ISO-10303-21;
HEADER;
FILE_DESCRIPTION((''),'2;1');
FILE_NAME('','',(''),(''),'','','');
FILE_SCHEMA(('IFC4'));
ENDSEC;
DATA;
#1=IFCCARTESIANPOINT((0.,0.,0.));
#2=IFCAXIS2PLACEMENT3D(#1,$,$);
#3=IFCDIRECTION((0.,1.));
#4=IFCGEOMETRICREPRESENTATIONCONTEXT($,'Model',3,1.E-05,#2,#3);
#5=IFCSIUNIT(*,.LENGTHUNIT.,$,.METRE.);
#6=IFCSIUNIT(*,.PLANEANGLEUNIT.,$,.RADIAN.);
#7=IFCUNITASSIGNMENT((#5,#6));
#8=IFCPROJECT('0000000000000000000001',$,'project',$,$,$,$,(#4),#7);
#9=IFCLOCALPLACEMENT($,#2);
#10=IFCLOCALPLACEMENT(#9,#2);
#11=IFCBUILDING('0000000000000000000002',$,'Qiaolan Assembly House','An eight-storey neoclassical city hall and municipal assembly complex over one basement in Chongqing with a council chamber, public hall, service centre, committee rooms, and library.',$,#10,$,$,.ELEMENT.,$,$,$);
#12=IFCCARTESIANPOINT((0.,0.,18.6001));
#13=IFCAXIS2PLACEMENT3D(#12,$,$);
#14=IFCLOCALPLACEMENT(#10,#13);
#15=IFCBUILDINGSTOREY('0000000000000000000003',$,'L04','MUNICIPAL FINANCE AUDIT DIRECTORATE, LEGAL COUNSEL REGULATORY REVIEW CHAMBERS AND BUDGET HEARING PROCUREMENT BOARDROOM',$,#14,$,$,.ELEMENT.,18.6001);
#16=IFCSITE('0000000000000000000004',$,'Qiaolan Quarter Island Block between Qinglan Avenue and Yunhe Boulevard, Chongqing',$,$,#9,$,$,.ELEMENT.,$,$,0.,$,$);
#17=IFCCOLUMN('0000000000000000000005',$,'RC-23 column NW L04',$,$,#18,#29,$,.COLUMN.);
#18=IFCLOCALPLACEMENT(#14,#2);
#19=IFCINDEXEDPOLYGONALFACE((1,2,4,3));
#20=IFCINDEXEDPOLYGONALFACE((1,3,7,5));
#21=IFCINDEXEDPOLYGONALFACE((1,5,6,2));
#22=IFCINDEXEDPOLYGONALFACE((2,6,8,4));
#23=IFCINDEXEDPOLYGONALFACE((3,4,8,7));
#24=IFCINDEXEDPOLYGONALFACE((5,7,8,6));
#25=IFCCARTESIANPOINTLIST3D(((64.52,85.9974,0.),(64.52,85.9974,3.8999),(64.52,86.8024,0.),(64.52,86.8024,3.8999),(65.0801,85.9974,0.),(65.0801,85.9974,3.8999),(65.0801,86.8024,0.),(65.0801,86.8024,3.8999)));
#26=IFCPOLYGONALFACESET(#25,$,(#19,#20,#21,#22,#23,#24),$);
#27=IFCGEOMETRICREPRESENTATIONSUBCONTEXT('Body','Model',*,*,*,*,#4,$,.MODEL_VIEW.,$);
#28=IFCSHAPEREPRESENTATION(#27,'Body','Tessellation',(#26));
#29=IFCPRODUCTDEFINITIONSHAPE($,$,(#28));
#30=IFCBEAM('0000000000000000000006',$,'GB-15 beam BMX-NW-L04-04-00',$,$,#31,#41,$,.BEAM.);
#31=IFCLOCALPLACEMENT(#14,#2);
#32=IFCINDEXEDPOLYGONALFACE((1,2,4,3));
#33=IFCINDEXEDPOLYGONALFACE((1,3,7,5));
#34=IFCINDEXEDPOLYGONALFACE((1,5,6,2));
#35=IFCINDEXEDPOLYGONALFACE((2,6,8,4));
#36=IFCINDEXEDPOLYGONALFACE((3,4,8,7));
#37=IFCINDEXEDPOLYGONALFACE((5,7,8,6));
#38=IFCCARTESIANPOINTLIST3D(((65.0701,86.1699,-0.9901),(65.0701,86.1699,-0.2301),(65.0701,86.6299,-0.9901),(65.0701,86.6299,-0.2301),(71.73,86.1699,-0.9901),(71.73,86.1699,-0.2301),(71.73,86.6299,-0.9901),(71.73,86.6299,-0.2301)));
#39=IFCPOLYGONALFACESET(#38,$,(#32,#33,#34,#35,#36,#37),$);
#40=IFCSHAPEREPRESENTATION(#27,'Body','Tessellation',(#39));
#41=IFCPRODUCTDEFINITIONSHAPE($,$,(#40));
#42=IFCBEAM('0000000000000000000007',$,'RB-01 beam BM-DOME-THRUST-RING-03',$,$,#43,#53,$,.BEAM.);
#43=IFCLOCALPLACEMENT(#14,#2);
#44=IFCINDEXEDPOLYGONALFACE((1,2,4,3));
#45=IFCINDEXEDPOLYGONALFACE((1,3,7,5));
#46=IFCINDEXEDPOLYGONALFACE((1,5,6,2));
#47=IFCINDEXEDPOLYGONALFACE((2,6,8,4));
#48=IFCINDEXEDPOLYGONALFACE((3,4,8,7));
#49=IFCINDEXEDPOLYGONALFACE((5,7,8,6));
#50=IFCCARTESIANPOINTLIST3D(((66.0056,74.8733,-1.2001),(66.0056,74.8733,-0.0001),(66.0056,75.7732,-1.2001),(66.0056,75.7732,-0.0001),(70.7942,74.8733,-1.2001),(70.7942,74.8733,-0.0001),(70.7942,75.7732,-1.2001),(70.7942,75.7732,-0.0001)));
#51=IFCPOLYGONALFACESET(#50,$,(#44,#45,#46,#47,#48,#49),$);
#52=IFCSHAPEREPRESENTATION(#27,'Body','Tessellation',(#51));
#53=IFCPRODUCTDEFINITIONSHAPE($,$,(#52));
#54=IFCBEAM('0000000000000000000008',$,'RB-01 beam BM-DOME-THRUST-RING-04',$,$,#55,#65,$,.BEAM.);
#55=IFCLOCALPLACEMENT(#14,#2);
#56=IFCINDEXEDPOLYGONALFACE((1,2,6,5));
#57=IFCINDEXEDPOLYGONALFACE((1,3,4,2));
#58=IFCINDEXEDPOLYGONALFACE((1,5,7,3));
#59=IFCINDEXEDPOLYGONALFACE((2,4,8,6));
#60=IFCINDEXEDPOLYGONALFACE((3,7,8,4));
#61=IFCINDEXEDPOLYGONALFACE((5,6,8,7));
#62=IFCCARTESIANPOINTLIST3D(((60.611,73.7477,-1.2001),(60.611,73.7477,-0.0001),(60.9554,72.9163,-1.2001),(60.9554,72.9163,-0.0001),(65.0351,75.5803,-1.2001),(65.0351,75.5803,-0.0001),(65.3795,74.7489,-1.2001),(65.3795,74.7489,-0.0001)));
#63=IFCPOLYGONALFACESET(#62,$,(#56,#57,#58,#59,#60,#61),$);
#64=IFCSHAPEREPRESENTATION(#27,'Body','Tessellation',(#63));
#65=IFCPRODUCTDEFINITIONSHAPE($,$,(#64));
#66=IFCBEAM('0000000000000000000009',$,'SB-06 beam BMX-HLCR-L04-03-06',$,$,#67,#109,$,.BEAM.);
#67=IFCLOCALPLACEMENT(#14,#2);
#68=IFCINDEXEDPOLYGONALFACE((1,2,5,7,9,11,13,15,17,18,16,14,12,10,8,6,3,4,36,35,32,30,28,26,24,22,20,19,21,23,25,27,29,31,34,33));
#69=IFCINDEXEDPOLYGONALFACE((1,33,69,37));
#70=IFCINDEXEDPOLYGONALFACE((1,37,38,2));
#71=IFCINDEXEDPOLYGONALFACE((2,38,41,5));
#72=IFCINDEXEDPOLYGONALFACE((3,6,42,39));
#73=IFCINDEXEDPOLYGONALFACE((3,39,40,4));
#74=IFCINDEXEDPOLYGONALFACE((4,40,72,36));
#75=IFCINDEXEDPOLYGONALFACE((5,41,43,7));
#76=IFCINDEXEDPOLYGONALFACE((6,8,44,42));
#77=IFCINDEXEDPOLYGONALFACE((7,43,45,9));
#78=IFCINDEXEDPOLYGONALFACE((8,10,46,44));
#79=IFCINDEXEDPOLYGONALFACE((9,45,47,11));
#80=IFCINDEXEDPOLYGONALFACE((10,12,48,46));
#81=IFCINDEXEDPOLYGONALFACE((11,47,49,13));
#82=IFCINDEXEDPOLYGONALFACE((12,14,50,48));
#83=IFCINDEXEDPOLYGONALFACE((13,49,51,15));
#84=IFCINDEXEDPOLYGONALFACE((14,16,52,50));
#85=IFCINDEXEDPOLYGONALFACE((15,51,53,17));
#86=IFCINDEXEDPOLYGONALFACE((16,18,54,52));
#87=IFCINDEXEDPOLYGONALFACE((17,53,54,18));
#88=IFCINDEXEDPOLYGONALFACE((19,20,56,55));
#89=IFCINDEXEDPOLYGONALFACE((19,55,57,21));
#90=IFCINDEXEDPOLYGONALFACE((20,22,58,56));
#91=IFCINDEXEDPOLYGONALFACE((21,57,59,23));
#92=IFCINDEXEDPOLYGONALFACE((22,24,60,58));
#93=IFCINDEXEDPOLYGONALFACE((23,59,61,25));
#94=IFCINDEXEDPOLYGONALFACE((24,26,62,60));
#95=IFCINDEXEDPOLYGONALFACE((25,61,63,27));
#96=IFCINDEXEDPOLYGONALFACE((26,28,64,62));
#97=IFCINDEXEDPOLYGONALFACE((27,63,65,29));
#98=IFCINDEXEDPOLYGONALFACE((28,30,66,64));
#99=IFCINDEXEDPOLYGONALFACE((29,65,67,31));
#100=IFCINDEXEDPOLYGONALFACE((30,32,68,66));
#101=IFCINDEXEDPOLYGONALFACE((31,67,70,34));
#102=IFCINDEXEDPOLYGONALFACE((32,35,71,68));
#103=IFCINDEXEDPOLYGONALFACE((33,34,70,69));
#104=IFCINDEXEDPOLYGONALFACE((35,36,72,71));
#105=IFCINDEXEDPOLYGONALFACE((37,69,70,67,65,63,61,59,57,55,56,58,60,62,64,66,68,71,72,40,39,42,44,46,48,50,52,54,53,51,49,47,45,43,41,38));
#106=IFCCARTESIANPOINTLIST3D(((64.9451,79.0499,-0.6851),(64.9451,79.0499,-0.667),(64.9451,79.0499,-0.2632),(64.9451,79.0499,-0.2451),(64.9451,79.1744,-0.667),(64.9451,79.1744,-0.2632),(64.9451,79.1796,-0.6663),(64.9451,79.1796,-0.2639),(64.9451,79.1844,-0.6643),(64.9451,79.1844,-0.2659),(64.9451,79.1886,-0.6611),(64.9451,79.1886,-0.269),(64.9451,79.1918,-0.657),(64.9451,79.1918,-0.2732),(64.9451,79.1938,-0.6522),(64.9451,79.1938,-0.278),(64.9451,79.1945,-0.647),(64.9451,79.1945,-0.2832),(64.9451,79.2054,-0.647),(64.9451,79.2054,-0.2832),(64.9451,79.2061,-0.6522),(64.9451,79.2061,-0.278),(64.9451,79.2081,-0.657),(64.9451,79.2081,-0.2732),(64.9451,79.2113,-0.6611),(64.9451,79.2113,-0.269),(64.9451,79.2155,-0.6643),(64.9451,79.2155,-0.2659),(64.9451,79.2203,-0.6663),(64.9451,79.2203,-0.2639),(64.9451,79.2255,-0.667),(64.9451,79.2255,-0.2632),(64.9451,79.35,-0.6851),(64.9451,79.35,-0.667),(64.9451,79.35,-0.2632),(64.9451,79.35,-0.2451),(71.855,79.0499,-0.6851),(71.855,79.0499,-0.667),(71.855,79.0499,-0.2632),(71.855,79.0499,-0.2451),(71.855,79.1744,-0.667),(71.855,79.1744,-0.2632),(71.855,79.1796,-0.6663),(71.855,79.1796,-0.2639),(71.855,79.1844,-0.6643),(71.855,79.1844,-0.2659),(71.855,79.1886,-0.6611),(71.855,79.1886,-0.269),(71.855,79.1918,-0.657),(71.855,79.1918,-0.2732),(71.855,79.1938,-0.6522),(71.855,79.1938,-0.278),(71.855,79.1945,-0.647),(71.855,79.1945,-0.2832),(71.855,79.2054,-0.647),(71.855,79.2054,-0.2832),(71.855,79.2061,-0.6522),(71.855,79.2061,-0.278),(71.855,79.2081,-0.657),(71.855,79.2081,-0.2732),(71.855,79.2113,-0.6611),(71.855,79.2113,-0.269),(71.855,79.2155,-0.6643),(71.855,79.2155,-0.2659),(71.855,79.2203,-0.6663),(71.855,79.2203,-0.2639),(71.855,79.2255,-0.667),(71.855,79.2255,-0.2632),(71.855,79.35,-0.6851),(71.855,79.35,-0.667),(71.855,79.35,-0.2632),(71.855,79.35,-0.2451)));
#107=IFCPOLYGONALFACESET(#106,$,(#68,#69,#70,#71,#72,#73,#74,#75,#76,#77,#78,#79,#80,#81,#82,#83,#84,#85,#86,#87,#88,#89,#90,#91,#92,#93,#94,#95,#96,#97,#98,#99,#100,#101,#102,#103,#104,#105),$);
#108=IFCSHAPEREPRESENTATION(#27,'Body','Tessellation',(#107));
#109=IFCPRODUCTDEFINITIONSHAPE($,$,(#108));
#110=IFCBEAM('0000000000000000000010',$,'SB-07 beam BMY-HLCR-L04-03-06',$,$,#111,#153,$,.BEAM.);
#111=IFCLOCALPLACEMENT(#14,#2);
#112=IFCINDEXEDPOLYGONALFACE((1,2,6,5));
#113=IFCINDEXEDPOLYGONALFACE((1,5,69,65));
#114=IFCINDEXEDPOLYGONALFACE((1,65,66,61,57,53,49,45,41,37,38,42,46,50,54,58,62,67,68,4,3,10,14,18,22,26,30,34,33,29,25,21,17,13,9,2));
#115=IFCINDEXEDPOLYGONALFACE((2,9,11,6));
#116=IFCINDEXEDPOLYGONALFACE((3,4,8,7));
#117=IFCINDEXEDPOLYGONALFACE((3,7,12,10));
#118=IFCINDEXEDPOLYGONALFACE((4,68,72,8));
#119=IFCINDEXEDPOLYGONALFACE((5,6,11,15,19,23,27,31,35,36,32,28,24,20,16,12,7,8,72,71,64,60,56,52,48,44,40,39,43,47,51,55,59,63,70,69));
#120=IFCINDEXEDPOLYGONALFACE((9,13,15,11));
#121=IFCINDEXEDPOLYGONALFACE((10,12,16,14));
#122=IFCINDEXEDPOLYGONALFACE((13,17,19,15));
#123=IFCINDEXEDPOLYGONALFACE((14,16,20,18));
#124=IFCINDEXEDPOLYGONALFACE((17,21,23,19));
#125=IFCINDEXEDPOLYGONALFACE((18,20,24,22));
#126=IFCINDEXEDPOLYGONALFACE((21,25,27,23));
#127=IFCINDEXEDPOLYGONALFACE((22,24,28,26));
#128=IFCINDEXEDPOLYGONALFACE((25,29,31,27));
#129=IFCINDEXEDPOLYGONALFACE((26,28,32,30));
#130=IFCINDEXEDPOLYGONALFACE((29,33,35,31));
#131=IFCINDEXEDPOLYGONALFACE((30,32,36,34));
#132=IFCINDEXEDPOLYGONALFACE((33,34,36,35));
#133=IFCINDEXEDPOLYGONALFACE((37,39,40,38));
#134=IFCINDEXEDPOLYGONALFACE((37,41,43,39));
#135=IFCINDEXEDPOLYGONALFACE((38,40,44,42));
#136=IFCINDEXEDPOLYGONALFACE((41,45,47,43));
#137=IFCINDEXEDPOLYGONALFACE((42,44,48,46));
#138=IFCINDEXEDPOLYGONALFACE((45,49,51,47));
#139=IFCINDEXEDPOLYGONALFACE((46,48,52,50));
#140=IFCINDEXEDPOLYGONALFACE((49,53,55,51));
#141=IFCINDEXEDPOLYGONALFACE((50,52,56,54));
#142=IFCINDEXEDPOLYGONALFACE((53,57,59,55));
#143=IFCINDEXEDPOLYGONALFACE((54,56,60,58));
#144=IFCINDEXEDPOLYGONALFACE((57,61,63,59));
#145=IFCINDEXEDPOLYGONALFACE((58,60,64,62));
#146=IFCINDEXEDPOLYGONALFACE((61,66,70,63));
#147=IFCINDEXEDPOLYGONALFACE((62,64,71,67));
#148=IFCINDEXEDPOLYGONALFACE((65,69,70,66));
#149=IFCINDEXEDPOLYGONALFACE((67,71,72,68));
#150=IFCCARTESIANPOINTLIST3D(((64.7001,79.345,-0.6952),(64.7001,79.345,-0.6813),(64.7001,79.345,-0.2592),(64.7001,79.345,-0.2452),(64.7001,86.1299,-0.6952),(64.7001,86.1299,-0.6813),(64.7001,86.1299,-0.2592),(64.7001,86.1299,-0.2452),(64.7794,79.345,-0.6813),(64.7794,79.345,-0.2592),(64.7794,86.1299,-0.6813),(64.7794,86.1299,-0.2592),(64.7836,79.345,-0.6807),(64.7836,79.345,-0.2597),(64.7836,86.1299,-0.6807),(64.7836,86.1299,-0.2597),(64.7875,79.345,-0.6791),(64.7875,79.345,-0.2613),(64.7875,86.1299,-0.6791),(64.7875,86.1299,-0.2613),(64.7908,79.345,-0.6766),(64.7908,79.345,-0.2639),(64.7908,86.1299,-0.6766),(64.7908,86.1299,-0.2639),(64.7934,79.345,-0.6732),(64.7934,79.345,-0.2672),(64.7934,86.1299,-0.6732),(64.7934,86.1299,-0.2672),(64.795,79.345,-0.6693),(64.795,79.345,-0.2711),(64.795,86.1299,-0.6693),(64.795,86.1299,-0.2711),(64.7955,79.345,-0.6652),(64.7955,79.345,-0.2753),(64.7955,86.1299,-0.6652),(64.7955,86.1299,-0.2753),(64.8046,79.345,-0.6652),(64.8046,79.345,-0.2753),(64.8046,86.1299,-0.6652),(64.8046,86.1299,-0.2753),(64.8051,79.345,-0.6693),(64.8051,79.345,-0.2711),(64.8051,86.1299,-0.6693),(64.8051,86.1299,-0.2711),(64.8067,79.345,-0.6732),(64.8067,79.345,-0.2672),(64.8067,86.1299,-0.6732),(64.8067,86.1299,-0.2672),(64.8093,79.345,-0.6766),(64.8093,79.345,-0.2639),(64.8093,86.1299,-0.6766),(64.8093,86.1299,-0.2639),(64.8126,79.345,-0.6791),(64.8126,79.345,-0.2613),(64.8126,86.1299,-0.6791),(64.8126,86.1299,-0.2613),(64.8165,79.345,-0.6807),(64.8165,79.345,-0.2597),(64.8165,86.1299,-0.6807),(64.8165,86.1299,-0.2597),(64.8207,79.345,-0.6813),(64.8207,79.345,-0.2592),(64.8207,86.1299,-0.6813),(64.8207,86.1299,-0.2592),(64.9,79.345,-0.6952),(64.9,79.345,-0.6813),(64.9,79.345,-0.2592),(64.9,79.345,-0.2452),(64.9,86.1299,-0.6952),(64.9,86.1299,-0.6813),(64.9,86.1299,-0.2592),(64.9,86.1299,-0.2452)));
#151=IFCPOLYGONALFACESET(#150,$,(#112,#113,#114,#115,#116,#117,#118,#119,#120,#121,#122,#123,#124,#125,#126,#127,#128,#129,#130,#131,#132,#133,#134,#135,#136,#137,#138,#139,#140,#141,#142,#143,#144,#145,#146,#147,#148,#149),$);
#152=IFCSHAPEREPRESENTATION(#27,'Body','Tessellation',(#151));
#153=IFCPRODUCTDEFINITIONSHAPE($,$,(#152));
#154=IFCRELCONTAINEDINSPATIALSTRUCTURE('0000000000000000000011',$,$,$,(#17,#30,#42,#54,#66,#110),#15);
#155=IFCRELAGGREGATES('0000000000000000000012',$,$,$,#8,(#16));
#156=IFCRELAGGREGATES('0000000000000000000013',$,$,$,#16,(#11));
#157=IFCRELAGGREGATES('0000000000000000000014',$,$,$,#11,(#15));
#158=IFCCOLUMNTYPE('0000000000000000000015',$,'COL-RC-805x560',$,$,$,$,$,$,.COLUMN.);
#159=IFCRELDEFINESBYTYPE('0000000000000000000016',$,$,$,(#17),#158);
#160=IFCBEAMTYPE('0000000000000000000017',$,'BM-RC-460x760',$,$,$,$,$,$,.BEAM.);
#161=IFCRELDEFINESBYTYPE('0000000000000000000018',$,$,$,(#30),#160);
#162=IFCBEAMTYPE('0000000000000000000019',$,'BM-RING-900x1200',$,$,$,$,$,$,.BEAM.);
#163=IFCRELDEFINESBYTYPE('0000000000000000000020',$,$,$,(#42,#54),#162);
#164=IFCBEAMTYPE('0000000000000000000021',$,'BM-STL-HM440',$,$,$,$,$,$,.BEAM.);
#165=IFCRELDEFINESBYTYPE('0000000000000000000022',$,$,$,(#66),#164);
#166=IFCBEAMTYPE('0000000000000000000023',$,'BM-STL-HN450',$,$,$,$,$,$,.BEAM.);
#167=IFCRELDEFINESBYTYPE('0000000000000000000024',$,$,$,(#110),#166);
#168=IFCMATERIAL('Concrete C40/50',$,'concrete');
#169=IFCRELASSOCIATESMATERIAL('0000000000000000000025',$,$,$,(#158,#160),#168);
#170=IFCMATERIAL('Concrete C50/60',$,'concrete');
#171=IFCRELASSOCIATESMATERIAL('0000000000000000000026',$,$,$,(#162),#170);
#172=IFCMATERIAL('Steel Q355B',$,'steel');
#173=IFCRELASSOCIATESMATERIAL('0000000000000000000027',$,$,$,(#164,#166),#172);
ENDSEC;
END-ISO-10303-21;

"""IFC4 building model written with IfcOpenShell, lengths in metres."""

from ifc_helpers import new_model, si_unit, direction, frame, origin, origin_2d, place, context, subcontext, project, spatial, rectangle, i_section, extrude, material, material_profile, profile_set, type_object, element, save


model = new_model("IFC4")

# Units and contexts
model_context = context("Model", 3, precision=1e-05, world=origin(), true_north=direction((0.0, 1.0)))
body_context = subcontext(model_context, "Body", "Model", "MODEL_VIEW")
ifc_project = project(units=[si_unit("LENGTHUNIT", "METRE"), si_unit("PLANEANGLEUNIT", "RADIAN")], contexts=[model_context])

# Site, building, storey
site_placement = place(None, origin())
site = spatial("IfcSite", under=ifc_project, at=site_placement, Name="Qiaolan Quarter Island Block between Qinglan Avenue and Yunhe Boulevard, Chongqing", CompositionType="ELEMENT", RefElevation=0.0)
building_placement = place(site_placement, origin())
building = spatial("IfcBuilding", under=site, at=building_placement, Name="Qiaolan Assembly House", Description="An eight-storey neoclassical city hall and municipal assembly complex over one basement in Chongqing with a council chamber, public hall, service centre, committee rooms, and library.", CompositionType="ELEMENT")
storey_placement = place(building_placement, frame((0.0, 0.0, 18.6001)))
storey = spatial("IfcBuildingStorey", under=building, at=storey_placement, Name="L04", Description="MUNICIPAL FINANCE AUDIT DIRECTORATE, LEGAL COUNSEL REGULATORY REVIEW CHAMBERS AND BUDGET HEARING PROCUREMENT BOARDROOM", CompositionType="ELEMENT", Elevation=18.6001)

# Column
ifc_material_1 = material(Name="Concrete C40/50", Category="concrete")
ifc_material_profile_1 = material_profile(ifc_material_1, rectangle(XDim=0.5601, YDim=0.8049, at=origin_2d()), Name="RC 805x560")
ifc_profile_set_1 = profile_set([ifc_material_profile_1], Name="Concrete C40/50")
column_type = type_object("IfcColumnType", Name="COL-RC-805x560", PredefinedType="COLUMN", material=ifc_profile_set_1)
column_placement = place(storey_placement, frame((64.8, 86.3999, 0.0), z_axis=(0.0, 0.0, 1.0), x_axis=(1.0, 0.0, 0.0)))
element("IfcColumn", 1, at=column_placement, inside=storey, type_object=column_type, Name="RC-23 column NW L04", PredefinedType="COLUMN", context=body_context, shape_type="SweptSolid", body=[
    extrude(rectangle(XDim=0.5601, YDim=0.8049, at=origin_2d()), origin(), (0.0, 0.0, 1.0), 3.8999),
])

# Beams
ifc_material_profile_2 = material_profile(ifc_material_1, rectangle(XDim=0.46, YDim=0.76, at=origin_2d()), Name="RCB 460x760")
ifc_profile_set_2 = profile_set([ifc_material_profile_2], Name="Concrete C40/50")
beam_type_1 = type_object("IfcBeamType", Name="BM-RC-460x760", PredefinedType="BEAM", material=ifc_profile_set_2)
beam_1_placement = place(storey_placement, frame((65.0701, 86.3999, -0.6101), z_axis=(1.0, 0.0, 0.0), x_axis=(0.0, 1.0, 0.0)))
element("IfcBeam", 2, at=beam_1_placement, inside=storey, type_object=beam_type_1, Name="GB-15 beam BMX-NW-L04-04-00", PredefinedType="BEAM", context=body_context, shape_type="SweptSolid", body=[
    extrude(rectangle(XDim=0.46, YDim=0.76, at=origin_2d()), origin(), (0.0, 0.0, 1.0), 6.6599),
])
ifc_material_2 = material(Name="Concrete C50/60", Category="concrete")
ifc_material_profile_3 = material_profile(ifc_material_2, rectangle(XDim=0.8999, YDim=1.2, at=origin_2d()), Name="RCB 900x1200")
ifc_profile_set_3 = profile_set([ifc_material_profile_3], Name="Concrete C50/60")
beam_type_2 = type_object("IfcBeamType", Name="BM-RING-900x1200", PredefinedType="BEAM", material=ifc_profile_set_3)
for number, where, z_axis, x_axis, name in (
    (3, (70.7942, 75.3232, -0.6001), (-1.0, 0.0, 0.0), (0.0, -1.0, 0.0), "RB-01 beam BM-DOME-THRUST-RING-03"),
    (4, (65.2073, 75.1646, -0.6001), (-0.923879, -0.382685, 0.0), (0.382685, -0.923879, 0.0), "RB-01 beam BM-DOME-THRUST-RING-04"),
):
    element("IfcBeam", number, at=place(storey_placement, frame(where, z_axis=z_axis, x_axis=x_axis)), inside=storey, type_object=beam_type_2, Name=name, PredefinedType="BEAM", context=body_context, shape_type="SweptSolid", body=[
        extrude(rectangle(XDim=0.8999, YDim=1.2, at=origin_2d()), origin(), (0.0, 0.0, 1.0), 4.7886),
    ])
ifc_material_3 = material(Name="Steel Q355B", Category="steel")
ifc_material_profile_4 = material_profile(ifc_material_3, i_section(OverallWidth=0.3, OverallDepth=0.4399, WebThickness=0.011, FlangeThickness=0.0181, FilletRadius=0.02, at=origin_2d()), Name="HM 440x300x11x18")
ifc_profile_set_4 = profile_set([ifc_material_profile_4], Name="Steel Q355B")
beam_type_3 = type_object("IfcBeamType", Name="BM-STL-HM440", PredefinedType="BEAM", material=ifc_profile_set_4)
beam_2_placement = place(storey_placement, frame((64.9451, 79.2, -0.4651), z_axis=(1.0, 0.0, 0.0), x_axis=(0.0, 1.0, 0.0)))
element("IfcBeam", 5, at=beam_2_placement, inside=storey, type_object=beam_type_3, Name="SB-06 beam BMX-HLCR-L04-03-06", PredefinedType="BEAM", context=body_context, shape_type="SweptSolid", body=[
    extrude(i_section(OverallWidth=0.3, OverallDepth=0.4399, WebThickness=0.011, FlangeThickness=0.0181, FilletRadius=0.02, at=origin_2d()), origin(), (0.0, 0.0, 1.0), 6.9099),
])
ifc_material_profile_5 = material_profile(ifc_material_3, i_section(OverallWidth=0.2, OverallDepth=0.45, WebThickness=0.009, FlangeThickness=0.0139, FilletRadius=0.0161, at=origin_2d()), Name="HN 450x200x9x14")
ifc_profile_set_5 = profile_set([ifc_material_profile_5], Name="Steel Q355B")
beam_type_4 = type_object("IfcBeamType", Name="BM-STL-HN450", PredefinedType="BEAM", material=ifc_profile_set_5)
beam_3_placement = place(storey_placement, frame((64.8, 79.345, -0.4702), z_axis=(0.0, 1.0, 0.0), x_axis=(-1.0, 0.0, 0.0)))
element("IfcBeam", 6, at=beam_3_placement, inside=storey, type_object=beam_type_4, Name="SB-07 beam BMY-HLCR-L04-03-06", PredefinedType="BEAM", context=body_context, shape_type="SweptSolid", body=[
    extrude(i_section(OverallWidth=0.2, OverallDepth=0.45, WebThickness=0.009, FlangeThickness=0.0139, FilletRadius=0.0161, at=origin_2d()), origin(), (0.0, 0.0, 1.0), 6.7849),
])

save(model, "model.ifc")
